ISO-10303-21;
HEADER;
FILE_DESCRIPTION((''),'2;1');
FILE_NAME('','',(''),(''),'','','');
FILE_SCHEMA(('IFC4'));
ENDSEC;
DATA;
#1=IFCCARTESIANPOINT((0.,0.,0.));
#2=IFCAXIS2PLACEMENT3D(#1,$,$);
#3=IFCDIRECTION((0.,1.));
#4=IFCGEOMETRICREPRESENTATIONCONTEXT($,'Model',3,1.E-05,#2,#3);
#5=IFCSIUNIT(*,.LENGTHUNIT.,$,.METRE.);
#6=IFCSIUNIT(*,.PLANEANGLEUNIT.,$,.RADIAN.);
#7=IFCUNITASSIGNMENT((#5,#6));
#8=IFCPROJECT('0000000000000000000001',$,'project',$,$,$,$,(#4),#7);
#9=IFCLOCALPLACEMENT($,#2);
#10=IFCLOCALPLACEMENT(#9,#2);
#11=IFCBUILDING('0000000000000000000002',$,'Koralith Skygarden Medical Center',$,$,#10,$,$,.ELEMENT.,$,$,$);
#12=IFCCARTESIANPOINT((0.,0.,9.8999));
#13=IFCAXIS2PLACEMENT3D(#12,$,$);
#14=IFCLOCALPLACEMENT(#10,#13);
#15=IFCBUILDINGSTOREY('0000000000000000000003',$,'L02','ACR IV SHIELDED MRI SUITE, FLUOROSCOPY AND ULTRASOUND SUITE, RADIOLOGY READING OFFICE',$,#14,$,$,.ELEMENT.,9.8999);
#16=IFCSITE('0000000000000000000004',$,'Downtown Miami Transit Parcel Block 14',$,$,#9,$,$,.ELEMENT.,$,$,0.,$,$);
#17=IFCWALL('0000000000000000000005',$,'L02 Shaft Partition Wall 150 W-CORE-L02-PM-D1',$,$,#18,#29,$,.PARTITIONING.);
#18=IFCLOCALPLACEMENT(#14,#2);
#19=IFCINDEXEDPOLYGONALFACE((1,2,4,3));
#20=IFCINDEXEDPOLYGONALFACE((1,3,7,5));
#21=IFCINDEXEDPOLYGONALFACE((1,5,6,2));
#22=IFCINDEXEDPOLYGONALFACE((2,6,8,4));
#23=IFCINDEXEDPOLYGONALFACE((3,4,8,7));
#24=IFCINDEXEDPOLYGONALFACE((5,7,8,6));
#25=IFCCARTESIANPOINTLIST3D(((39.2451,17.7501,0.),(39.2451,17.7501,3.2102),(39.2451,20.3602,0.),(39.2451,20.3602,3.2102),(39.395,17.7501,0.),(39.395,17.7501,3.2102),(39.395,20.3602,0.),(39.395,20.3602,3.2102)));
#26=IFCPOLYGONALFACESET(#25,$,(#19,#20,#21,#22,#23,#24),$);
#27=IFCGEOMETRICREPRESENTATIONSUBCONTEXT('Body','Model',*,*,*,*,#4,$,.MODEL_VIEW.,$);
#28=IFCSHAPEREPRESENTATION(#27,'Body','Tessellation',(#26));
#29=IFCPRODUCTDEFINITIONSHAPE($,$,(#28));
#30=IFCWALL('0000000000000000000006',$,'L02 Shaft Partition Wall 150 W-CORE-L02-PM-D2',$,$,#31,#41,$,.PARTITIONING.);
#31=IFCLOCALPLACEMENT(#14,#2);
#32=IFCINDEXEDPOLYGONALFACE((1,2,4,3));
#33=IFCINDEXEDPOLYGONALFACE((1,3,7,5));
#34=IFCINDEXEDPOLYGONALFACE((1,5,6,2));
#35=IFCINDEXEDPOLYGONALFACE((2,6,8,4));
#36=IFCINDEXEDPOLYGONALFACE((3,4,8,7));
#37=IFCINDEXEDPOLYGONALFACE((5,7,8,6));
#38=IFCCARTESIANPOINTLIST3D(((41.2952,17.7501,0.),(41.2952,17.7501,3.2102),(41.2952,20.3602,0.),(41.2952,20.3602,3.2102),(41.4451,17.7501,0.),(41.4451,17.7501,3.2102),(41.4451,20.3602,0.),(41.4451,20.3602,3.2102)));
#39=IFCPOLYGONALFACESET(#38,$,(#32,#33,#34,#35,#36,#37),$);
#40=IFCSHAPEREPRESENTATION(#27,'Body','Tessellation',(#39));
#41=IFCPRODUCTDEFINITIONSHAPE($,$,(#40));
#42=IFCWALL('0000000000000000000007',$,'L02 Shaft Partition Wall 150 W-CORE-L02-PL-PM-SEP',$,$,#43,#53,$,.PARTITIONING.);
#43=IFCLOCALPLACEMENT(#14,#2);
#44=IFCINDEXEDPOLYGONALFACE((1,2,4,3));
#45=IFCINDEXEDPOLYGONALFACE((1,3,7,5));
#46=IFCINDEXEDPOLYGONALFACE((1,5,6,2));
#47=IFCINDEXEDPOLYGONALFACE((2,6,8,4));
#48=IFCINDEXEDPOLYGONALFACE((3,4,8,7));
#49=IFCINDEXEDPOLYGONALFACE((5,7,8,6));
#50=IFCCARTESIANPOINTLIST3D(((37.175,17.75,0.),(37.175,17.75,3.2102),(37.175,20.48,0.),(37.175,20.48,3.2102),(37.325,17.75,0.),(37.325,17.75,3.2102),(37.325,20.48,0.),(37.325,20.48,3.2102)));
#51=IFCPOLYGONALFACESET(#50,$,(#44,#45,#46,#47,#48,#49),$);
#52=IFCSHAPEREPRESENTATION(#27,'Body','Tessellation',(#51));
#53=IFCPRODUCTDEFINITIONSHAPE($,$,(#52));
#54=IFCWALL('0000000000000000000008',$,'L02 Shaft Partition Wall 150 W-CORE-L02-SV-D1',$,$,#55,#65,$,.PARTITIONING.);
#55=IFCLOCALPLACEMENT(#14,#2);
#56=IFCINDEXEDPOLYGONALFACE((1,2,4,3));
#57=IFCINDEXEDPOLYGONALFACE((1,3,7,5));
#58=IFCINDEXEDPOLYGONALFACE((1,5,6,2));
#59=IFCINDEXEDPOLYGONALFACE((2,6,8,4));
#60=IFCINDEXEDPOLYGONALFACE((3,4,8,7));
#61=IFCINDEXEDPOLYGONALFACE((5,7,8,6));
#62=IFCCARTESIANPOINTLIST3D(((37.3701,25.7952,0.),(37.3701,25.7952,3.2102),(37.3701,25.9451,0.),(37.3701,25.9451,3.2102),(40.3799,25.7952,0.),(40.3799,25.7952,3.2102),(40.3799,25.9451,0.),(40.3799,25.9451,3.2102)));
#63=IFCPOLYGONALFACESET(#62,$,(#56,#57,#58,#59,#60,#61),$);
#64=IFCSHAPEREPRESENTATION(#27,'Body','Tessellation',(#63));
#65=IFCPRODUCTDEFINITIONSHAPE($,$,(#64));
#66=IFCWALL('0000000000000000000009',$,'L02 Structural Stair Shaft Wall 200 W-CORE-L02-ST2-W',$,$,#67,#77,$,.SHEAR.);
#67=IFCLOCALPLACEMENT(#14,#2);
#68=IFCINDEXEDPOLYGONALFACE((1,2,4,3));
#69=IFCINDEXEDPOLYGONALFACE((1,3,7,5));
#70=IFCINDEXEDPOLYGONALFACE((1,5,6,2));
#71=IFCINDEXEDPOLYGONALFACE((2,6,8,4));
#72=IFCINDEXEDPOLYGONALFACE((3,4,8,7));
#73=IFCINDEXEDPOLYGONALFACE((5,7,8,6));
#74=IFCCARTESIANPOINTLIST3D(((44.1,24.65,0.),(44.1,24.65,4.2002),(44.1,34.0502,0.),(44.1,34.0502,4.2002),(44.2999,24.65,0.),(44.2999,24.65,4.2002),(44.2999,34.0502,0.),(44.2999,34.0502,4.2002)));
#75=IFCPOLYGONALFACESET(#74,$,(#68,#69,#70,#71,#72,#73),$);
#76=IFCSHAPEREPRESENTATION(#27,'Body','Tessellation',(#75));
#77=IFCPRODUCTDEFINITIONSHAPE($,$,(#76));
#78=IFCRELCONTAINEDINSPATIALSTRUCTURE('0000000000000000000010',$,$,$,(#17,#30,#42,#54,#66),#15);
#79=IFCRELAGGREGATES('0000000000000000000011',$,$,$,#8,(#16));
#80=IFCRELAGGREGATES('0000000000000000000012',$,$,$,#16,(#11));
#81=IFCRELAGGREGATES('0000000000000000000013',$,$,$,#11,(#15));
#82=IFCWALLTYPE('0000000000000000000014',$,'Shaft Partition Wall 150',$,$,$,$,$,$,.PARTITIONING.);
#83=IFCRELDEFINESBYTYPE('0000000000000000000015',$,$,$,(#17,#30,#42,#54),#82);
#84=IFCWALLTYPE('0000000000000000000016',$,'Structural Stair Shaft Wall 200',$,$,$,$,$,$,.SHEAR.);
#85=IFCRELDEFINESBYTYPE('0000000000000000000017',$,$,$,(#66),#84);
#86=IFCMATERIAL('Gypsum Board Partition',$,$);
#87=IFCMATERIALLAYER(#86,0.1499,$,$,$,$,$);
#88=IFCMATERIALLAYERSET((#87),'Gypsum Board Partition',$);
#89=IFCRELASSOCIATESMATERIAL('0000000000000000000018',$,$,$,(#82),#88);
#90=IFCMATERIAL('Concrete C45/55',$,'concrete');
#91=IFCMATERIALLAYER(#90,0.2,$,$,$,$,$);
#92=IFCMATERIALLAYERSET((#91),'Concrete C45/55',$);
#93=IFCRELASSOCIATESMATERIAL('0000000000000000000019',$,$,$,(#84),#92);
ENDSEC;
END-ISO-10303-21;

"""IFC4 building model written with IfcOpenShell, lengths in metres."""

from ifc_helpers import new_model, si_unit, direction, frame, frame_2d, origin, place, context, subcontext, project, spatial, rectangle, extrude, material, layer, layer_set, type_object, element, save


model = new_model("IFC4")

# Units and contexts
model_context = context("Model", 3, precision=1e-05, world=origin(), true_north=direction((0.0, 1.0)))
body_context = subcontext(model_context, "Body", "Model", "MODEL_VIEW")
ifc_project = project(units=[si_unit("LENGTHUNIT", "METRE"), si_unit("PLANEANGLEUNIT", "RADIAN")], contexts=[model_context])

# Site, building, storey
site_placement = place(None, origin())
site = spatial("IfcSite", under=ifc_project, at=site_placement, Name="Downtown Miami Transit Parcel Block 14", CompositionType="ELEMENT", RefElevation=0.0)
building_placement = place(site_placement, origin())
building = spatial("IfcBuilding", under=site, at=building_placement, Name="Koralith Skygarden Medical Center", CompositionType="ELEMENT")
storey_placement = place(building_placement, frame((0.0, 0.0, 9.8999)))
storey = spatial("IfcBuildingStorey", under=building, at=storey_placement, Name="L02", Description="ACR IV SHIELDED MRI SUITE, FLUOROSCOPY AND ULTRASOUND SUITE, RADIOLOGY READING OFFICE", CompositionType="ELEMENT", Elevation=9.8999)

# Shared definitions
ifc_material_1 = material(Name="Gypsum Board Partition")

# Walls
ifc_layer_1 = layer(ifc_material_1, 0.1499)
ifc_layer_set_1 = layer_set([ifc_layer_1], Name="Gypsum Board Partition")
wall_type_1 = type_object("IfcWallType", Name="Shaft Partition Wall 150", PredefinedType="PARTITIONING", material=ifc_layer_set_1)
for number, where, z_axis, x_axis, name in (
    (1, (39.3201, 17.75, 0.0), (0.0, 0.0, 1.0), (0.0, 1.0, 0.0), "L02 Shaft Partition Wall 150 W-CORE-L02-PM-D1"),
    (2, (41.3701, 17.75, 0.0), (0.0, 0.0, 1.0), (0.0, 1.0, 0.0), "L02 Shaft Partition Wall 150 W-CORE-L02-PM-D2"),
):
    element("IfcWall", number, at=place(storey_placement, frame(where, z_axis=z_axis, x_axis=x_axis)), inside=storey, type_object=wall_type_1, Name=name, PredefinedType="PARTITIONING", context=body_context, shape_type="SweptSolid", body=[
        extrude(rectangle(XDim=2.6101, YDim=0.1499, at=frame_2d((1.3052, 0.0))), origin(), (0.0, 0.0, 1.0), 3.2102),
    ])
wall_1_placement = place(storey_placement, frame((37.25, 17.75, 0.0), z_axis=(0.0, 0.0, 1.0), x_axis=(0.0, 1.0, 0.0)))
element("IfcWall", 3, at=wall_1_placement, inside=storey, type_object=wall_type_1, Name="L02 Shaft Partition Wall 150 W-CORE-L02-PL-PM-SEP", PredefinedType="PARTITIONING", context=body_context, shape_type="SweptSolid", body=[
    extrude(rectangle(XDim=2.73, YDim=0.1499, at=frame_2d((1.365, 0.0))), origin(), (0.0, 0.0, 1.0), 3.2102),
])
wall_2_placement = place(storey_placement, frame((37.3701, 25.8701, 0.0), z_axis=(0.0, 0.0, 1.0), x_axis=(1.0, 0.0, 0.0)))
element("IfcWall", 4, at=wall_2_placement, inside=storey, type_object=wall_type_1, Name="L02 Shaft Partition Wall 150 W-CORE-L02-SV-D1", PredefinedType="PARTITIONING", context=body_context, shape_type="SweptSolid", body=[
    extrude(rectangle(XDim=3.0098, YDim=0.1499, at=frame_2d((1.5049, 0.0))), origin(), (0.0, 0.0, 1.0), 3.2102),
])
ifc_material_2 = material(Name="Concrete C45/55", Category="concrete")
ifc_layer_2 = layer(ifc_material_2, 0.2)
ifc_layer_set_2 = layer_set([ifc_layer_2], Name="Concrete C45/55")
wall_type_2 = type_object("IfcWallType", Name="Structural Stair Shaft Wall 200", PredefinedType="SHEAR", material=ifc_layer_set_2)
wall_3_placement = place(storey_placement, frame((44.2, 24.6499, 0.0), z_axis=(0.0, 0.0, 1.0), x_axis=(0.0, 1.0, 0.0)))
element("IfcWall", 5, at=wall_3_placement, inside=storey, type_object=wall_type_2, Name="L02 Structural Stair Shaft Wall 200 W-CORE-L02-ST2-W", PredefinedType="SHEAR", context=body_context, shape_type="SweptSolid", body=[
    extrude(rectangle(XDim=9.4001, YDim=0.2, at=frame_2d((4.7002, 0.0))), origin(), (0.0, 0.0, 1.0), 4.2002),
])

save(model, "model.ifc")
